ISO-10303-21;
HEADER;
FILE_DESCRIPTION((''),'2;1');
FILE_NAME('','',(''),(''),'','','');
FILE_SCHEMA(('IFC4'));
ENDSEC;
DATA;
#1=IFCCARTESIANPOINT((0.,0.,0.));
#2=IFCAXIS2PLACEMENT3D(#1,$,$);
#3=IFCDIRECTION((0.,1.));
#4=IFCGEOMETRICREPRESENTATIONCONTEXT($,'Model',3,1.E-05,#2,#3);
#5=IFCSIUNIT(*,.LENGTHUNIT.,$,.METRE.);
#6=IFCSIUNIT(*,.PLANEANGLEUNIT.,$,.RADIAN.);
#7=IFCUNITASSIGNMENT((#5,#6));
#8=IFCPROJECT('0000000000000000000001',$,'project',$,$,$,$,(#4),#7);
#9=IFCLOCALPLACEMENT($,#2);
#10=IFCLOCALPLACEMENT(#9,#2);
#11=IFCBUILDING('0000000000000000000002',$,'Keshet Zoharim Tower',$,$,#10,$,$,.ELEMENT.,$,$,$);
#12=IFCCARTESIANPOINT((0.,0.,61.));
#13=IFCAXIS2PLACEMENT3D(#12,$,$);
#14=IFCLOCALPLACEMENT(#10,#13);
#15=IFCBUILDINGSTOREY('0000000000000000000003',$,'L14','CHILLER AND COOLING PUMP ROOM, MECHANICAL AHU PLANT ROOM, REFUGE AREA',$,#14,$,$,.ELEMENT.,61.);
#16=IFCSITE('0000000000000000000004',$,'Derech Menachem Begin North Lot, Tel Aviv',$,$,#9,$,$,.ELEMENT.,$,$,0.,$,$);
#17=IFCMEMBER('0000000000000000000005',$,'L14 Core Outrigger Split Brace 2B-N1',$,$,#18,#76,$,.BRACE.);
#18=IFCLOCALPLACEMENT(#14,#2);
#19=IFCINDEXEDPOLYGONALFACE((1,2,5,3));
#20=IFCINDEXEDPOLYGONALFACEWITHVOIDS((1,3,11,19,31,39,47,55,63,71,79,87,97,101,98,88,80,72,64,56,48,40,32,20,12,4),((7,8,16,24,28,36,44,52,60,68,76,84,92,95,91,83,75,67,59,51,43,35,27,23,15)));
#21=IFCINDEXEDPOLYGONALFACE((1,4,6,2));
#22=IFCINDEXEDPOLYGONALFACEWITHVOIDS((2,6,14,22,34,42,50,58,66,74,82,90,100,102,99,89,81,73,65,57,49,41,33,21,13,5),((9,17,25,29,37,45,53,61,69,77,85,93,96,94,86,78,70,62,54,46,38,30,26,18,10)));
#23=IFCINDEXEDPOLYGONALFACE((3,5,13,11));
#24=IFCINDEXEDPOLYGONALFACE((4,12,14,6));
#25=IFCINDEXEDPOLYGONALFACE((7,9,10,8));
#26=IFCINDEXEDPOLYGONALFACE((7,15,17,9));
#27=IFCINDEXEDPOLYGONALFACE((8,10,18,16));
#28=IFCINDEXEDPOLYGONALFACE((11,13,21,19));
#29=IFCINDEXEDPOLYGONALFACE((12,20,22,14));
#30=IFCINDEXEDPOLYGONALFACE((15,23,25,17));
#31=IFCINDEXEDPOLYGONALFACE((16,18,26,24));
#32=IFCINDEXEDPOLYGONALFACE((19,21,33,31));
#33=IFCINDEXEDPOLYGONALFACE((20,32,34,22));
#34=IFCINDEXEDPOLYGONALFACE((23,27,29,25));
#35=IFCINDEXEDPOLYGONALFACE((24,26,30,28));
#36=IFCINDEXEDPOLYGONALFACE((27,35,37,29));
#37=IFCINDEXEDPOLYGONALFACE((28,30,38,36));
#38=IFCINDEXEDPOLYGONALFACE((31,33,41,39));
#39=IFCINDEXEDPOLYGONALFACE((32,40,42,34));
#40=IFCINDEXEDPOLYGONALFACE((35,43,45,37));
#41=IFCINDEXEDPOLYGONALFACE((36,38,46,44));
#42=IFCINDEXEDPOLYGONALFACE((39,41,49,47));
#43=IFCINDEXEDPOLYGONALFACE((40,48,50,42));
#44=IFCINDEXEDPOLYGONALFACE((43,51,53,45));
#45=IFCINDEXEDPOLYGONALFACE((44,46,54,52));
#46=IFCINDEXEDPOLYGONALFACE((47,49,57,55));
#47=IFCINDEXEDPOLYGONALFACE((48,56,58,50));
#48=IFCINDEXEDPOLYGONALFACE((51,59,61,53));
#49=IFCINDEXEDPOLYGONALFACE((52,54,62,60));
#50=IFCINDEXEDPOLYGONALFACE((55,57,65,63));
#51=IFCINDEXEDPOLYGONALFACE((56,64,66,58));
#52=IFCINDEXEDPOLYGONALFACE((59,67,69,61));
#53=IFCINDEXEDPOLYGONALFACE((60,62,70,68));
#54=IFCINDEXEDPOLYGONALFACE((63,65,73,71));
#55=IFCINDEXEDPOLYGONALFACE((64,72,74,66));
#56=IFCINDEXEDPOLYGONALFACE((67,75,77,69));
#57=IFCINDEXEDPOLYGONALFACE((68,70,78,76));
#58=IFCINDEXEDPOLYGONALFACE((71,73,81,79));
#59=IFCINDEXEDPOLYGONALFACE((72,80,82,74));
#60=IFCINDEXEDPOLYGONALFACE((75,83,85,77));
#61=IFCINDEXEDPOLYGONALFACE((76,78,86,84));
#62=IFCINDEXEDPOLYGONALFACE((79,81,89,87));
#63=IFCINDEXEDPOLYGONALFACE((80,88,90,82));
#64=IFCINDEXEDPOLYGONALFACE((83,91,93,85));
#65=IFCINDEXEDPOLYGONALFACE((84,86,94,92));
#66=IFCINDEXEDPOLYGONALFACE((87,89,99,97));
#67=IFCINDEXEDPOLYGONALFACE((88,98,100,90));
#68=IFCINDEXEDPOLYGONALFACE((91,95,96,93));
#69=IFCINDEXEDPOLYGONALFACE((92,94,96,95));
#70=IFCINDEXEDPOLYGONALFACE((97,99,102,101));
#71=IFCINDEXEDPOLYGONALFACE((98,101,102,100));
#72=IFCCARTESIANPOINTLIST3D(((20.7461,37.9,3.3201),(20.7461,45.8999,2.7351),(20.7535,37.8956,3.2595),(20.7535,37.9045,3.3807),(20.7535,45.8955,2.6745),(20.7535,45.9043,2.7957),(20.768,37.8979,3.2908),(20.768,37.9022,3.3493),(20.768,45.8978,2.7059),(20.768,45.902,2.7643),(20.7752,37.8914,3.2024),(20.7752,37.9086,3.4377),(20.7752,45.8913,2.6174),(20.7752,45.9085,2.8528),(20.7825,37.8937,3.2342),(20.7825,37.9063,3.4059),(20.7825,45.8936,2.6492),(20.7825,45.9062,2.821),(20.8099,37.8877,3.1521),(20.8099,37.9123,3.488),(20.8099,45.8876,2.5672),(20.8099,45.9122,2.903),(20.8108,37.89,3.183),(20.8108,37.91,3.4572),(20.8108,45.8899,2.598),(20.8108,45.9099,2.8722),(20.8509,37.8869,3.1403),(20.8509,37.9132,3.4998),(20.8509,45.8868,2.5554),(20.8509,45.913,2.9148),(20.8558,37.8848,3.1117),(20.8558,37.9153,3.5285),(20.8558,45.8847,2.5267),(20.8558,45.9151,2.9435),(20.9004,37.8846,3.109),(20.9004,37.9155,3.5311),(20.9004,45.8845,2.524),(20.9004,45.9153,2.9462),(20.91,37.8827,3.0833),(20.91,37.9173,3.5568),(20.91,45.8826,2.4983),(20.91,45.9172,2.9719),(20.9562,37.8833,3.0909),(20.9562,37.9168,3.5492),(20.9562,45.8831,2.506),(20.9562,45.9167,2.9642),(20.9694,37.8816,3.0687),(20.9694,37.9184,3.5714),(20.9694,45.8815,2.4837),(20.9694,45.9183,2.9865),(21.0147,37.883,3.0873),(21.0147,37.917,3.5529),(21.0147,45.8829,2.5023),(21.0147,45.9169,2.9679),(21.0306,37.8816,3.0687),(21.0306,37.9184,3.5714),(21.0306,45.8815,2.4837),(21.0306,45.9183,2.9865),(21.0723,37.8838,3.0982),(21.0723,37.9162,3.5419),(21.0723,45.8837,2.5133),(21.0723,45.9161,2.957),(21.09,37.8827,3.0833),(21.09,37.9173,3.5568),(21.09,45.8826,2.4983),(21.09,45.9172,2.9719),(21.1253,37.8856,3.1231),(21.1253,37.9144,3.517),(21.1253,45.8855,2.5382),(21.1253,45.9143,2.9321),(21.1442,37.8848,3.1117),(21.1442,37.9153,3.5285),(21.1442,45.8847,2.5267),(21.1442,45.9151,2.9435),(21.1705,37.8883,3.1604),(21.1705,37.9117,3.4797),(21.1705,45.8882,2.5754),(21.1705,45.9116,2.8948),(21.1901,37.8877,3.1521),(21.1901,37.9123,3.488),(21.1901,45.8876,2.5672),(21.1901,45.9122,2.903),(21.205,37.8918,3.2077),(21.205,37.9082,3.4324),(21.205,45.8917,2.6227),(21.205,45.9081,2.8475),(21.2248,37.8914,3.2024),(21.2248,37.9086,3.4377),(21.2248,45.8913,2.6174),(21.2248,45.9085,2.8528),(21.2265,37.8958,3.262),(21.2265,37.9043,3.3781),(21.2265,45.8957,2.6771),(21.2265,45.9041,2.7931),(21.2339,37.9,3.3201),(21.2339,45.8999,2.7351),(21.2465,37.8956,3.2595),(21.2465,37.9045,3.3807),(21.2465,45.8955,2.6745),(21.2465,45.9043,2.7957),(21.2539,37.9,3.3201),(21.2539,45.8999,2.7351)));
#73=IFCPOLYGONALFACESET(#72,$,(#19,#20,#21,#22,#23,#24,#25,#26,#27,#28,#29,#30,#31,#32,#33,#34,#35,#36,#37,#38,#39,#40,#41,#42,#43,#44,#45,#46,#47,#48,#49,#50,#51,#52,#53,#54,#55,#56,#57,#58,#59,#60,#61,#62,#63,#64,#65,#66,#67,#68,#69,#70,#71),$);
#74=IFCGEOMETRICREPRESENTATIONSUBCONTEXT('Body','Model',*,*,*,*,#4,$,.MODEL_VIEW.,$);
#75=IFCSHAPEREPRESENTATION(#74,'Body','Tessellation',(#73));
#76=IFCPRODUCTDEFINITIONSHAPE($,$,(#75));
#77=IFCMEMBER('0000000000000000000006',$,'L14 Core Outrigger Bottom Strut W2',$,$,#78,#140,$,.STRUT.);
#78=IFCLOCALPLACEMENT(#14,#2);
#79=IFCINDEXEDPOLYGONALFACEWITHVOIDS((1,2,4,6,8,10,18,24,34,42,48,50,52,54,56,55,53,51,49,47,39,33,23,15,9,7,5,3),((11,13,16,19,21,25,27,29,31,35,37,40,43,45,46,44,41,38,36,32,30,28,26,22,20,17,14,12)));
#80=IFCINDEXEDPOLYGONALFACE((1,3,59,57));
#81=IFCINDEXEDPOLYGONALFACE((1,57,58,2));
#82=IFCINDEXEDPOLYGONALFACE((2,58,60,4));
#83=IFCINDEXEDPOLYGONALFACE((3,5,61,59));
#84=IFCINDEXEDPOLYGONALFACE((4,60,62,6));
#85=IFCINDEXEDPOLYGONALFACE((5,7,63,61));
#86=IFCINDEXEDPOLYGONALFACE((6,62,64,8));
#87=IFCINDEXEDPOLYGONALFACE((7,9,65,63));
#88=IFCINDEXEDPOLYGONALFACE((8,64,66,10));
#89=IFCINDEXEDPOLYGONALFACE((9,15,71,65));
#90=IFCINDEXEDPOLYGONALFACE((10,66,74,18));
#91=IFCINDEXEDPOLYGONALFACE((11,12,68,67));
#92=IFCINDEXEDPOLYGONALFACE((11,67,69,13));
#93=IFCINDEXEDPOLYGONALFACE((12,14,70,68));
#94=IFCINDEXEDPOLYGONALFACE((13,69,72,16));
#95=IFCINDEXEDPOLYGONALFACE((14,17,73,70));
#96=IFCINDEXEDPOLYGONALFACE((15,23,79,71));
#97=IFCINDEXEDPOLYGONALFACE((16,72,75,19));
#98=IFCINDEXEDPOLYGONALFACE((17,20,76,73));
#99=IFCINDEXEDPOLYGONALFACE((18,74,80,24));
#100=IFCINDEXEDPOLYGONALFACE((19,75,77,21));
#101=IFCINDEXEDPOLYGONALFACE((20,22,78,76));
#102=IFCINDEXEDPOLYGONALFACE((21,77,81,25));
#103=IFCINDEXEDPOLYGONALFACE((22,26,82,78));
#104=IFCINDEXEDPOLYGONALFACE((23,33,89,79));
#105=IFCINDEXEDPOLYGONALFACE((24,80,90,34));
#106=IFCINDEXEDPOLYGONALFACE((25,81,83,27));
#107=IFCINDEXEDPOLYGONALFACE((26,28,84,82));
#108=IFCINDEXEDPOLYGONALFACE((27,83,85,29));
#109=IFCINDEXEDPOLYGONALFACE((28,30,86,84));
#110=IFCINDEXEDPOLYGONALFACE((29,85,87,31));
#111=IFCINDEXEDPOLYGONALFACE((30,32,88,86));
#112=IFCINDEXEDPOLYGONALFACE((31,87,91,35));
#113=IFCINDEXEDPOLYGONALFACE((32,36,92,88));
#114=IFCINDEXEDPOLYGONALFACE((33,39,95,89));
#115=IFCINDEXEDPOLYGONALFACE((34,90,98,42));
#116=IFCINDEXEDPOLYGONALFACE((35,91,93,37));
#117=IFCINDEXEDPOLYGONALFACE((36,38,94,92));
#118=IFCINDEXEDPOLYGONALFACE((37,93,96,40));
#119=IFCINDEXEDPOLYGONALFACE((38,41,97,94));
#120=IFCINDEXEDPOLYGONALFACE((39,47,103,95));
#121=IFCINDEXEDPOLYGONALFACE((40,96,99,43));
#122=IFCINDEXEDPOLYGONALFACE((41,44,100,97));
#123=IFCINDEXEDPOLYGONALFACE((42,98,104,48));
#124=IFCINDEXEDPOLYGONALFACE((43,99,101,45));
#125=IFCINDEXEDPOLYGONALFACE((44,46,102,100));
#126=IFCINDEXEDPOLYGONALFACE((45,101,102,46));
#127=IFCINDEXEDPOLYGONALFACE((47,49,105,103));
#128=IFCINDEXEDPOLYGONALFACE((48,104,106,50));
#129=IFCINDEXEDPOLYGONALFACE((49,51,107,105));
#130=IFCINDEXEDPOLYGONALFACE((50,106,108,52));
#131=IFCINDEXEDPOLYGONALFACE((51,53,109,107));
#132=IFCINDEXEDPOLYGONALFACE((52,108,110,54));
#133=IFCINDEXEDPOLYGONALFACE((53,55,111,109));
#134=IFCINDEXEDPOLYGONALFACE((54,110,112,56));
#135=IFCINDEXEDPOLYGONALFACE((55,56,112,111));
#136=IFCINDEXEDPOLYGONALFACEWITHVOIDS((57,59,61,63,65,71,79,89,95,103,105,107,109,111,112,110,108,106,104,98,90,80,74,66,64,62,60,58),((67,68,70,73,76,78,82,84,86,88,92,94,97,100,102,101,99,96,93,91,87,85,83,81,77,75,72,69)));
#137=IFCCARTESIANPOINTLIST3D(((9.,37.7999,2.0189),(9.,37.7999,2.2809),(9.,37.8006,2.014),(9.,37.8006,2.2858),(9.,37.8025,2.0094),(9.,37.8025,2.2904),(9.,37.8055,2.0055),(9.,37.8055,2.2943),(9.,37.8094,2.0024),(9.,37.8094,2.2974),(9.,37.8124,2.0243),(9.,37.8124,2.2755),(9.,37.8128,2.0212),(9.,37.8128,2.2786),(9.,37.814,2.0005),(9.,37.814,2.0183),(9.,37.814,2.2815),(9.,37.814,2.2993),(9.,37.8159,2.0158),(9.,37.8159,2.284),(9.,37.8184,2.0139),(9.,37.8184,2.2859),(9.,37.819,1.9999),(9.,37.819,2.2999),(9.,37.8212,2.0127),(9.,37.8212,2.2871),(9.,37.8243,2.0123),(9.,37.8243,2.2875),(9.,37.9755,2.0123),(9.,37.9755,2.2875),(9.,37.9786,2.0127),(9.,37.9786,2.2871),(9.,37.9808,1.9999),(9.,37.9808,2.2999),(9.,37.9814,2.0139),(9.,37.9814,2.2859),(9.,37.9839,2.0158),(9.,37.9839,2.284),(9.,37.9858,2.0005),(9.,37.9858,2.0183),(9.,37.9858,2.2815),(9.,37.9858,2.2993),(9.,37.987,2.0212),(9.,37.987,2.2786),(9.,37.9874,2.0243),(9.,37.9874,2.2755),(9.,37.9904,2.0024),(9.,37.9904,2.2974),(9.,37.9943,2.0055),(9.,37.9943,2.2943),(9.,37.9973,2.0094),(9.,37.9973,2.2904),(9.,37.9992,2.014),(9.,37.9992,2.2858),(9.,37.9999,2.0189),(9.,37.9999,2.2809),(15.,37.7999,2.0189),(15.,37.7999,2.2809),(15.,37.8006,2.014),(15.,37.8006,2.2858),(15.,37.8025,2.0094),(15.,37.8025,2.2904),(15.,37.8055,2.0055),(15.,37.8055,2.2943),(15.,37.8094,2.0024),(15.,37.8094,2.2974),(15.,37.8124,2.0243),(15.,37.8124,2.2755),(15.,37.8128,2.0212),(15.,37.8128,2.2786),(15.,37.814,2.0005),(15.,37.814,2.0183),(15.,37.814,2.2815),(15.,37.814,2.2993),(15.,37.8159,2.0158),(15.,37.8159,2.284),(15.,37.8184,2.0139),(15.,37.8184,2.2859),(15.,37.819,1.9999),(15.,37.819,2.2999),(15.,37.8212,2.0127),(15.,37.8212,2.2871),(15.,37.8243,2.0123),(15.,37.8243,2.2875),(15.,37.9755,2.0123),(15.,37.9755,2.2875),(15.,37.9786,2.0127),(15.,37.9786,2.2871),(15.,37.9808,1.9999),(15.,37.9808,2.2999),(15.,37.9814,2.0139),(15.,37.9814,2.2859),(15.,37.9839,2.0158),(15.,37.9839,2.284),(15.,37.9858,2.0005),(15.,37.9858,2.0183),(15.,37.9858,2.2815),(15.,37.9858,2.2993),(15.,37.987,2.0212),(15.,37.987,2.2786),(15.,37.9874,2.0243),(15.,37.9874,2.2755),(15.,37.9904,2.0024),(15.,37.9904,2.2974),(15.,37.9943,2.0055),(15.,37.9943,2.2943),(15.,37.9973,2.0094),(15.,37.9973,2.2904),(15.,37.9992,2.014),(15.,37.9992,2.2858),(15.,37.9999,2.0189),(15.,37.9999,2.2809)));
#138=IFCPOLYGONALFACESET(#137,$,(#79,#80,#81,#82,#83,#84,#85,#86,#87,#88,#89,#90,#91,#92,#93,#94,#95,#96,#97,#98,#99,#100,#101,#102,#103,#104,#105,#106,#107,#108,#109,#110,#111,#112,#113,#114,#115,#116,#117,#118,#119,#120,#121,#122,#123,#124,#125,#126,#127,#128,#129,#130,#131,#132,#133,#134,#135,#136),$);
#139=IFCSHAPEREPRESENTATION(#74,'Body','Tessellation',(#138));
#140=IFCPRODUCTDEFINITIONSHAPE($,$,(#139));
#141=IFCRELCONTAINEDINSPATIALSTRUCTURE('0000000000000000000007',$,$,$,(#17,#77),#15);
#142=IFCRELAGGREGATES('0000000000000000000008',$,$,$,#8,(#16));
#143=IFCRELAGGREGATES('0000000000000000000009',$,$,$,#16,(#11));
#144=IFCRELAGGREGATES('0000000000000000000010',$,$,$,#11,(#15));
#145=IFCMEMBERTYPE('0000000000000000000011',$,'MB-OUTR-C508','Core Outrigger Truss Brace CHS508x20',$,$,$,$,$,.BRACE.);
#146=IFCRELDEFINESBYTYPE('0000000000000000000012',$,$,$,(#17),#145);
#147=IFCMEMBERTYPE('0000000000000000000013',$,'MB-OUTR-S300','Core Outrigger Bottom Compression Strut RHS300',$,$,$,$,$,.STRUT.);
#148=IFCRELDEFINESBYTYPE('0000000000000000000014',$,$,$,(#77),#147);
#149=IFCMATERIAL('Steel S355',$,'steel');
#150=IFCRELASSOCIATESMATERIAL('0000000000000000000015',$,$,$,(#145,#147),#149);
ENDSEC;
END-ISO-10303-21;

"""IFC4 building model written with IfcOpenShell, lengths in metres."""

from ifc_helpers import new_model, si_unit, direction, frame, origin, origin_2d, place, context, subcontext, project, spatial, hollow_rectangle, hollow_circle, extrude, material, material_profile, profile_set, type_object, element, save


model = new_model("IFC4")

# Units and contexts
model_context = context("Model", 3, precision=1e-05, world=origin(), true_north=direction((0.0, 1.0)))
body_context = subcontext(model_context, "Body", "Model", "MODEL_VIEW")
ifc_project = project(units=[si_unit("LENGTHUNIT", "METRE"), si_unit("PLANEANGLEUNIT", "RADIAN")], contexts=[model_context])

# Site, building, storey
site_placement = place(None, origin())
site = spatial("IfcSite", under=ifc_project, at=site_placement, Name="Derech Menachem Begin North Lot, Tel Aviv", CompositionType="ELEMENT", RefElevation=0.0)
building_placement = place(site_placement, origin())
building = spatial("IfcBuilding", under=site, at=building_placement, Name="Keshet Zoharim Tower", CompositionType="ELEMENT")
storey_placement = place(building_placement, frame((0.0, 0.0, 61.0)))
storey = spatial("IfcBuildingStorey", under=building, at=storey_placement, Name="L14", Description="CHILLER AND COOLING PUMP ROOM, MECHANICAL AHU PLANT ROOM, REFUGE AREA", CompositionType="ELEMENT", Elevation=61.0)

# Shared definitions
ifc_material_1 = material(Name="Steel S355", Category="steel")

# Members
ifc_material_profile_1 = material_profile(ifc_material_1, hollow_circle(Radius=0.2539, WallThickness=0.02, at=origin_2d()), Name="CHS508x20")
ifc_profile_set_1 = profile_set([ifc_material_profile_1], Name="Steel S355")
member_type_1 = type_object("IfcMemberType", Name="MB-OUTR-C508", Description="Core Outrigger Truss Brace CHS508x20", PredefinedType="BRACE", material=ifc_profile_set_1)
member_1_placement = place(storey_placement, frame((21.0, 45.8999, 2.7351), z_axis=(0.0, -0.997337, 0.072925), x_axis=(1.0, 0.0, 0.0)))
element("IfcMember", 1, at=member_1_placement, inside=storey, type_object=member_type_1, Name="L14 Core Outrigger Split Brace 2B-N1", PredefinedType="BRACE", context=body_context, shape_type="SweptSolid", body=[
    extrude(hollow_circle(Radius=0.2539, WallThickness=0.02, at=origin_2d()), origin(), (0.0, 0.0, 1.0), 8.0212),
])
ifc_material_profile_2 = material_profile(ifc_material_1, hollow_rectangle(XDim=0.2, YDim=0.3, WallThickness=0.0125, InnerFilletRadius=0.012, OuterFilletRadius=0.019, at=origin_2d()), Name="RHS300x200x12.5")
ifc_profile_set_2 = profile_set([ifc_material_profile_2], Name="Steel S355")
member_type_2 = type_object("IfcMemberType", Name="MB-OUTR-S300", Description="Core Outrigger Bottom Compression Strut RHS300", PredefinedType="STRUT", material=ifc_profile_set_2)
member_2_placement = place(storey_placement, frame((15.0, 37.8999, 2.1499), z_axis=(-1.0, 0.0, 0.0), x_axis=(0.0, -1.0, 0.0)))
element("IfcMember", 2, at=member_2_placement, inside=storey, type_object=member_type_2, Name="L14 Core Outrigger Bottom Strut W2", PredefinedType="STRUT", context=body_context, shape_type="SweptSolid", body=[
    extrude(hollow_rectangle(XDim=0.2, YDim=0.3, WallThickness=0.0125, InnerFilletRadius=0.012, OuterFilletRadius=0.019, at=origin_2d()), origin(), (0.0, 0.0, 1.0), 6.0),
])

save(model, "model.ifc")
